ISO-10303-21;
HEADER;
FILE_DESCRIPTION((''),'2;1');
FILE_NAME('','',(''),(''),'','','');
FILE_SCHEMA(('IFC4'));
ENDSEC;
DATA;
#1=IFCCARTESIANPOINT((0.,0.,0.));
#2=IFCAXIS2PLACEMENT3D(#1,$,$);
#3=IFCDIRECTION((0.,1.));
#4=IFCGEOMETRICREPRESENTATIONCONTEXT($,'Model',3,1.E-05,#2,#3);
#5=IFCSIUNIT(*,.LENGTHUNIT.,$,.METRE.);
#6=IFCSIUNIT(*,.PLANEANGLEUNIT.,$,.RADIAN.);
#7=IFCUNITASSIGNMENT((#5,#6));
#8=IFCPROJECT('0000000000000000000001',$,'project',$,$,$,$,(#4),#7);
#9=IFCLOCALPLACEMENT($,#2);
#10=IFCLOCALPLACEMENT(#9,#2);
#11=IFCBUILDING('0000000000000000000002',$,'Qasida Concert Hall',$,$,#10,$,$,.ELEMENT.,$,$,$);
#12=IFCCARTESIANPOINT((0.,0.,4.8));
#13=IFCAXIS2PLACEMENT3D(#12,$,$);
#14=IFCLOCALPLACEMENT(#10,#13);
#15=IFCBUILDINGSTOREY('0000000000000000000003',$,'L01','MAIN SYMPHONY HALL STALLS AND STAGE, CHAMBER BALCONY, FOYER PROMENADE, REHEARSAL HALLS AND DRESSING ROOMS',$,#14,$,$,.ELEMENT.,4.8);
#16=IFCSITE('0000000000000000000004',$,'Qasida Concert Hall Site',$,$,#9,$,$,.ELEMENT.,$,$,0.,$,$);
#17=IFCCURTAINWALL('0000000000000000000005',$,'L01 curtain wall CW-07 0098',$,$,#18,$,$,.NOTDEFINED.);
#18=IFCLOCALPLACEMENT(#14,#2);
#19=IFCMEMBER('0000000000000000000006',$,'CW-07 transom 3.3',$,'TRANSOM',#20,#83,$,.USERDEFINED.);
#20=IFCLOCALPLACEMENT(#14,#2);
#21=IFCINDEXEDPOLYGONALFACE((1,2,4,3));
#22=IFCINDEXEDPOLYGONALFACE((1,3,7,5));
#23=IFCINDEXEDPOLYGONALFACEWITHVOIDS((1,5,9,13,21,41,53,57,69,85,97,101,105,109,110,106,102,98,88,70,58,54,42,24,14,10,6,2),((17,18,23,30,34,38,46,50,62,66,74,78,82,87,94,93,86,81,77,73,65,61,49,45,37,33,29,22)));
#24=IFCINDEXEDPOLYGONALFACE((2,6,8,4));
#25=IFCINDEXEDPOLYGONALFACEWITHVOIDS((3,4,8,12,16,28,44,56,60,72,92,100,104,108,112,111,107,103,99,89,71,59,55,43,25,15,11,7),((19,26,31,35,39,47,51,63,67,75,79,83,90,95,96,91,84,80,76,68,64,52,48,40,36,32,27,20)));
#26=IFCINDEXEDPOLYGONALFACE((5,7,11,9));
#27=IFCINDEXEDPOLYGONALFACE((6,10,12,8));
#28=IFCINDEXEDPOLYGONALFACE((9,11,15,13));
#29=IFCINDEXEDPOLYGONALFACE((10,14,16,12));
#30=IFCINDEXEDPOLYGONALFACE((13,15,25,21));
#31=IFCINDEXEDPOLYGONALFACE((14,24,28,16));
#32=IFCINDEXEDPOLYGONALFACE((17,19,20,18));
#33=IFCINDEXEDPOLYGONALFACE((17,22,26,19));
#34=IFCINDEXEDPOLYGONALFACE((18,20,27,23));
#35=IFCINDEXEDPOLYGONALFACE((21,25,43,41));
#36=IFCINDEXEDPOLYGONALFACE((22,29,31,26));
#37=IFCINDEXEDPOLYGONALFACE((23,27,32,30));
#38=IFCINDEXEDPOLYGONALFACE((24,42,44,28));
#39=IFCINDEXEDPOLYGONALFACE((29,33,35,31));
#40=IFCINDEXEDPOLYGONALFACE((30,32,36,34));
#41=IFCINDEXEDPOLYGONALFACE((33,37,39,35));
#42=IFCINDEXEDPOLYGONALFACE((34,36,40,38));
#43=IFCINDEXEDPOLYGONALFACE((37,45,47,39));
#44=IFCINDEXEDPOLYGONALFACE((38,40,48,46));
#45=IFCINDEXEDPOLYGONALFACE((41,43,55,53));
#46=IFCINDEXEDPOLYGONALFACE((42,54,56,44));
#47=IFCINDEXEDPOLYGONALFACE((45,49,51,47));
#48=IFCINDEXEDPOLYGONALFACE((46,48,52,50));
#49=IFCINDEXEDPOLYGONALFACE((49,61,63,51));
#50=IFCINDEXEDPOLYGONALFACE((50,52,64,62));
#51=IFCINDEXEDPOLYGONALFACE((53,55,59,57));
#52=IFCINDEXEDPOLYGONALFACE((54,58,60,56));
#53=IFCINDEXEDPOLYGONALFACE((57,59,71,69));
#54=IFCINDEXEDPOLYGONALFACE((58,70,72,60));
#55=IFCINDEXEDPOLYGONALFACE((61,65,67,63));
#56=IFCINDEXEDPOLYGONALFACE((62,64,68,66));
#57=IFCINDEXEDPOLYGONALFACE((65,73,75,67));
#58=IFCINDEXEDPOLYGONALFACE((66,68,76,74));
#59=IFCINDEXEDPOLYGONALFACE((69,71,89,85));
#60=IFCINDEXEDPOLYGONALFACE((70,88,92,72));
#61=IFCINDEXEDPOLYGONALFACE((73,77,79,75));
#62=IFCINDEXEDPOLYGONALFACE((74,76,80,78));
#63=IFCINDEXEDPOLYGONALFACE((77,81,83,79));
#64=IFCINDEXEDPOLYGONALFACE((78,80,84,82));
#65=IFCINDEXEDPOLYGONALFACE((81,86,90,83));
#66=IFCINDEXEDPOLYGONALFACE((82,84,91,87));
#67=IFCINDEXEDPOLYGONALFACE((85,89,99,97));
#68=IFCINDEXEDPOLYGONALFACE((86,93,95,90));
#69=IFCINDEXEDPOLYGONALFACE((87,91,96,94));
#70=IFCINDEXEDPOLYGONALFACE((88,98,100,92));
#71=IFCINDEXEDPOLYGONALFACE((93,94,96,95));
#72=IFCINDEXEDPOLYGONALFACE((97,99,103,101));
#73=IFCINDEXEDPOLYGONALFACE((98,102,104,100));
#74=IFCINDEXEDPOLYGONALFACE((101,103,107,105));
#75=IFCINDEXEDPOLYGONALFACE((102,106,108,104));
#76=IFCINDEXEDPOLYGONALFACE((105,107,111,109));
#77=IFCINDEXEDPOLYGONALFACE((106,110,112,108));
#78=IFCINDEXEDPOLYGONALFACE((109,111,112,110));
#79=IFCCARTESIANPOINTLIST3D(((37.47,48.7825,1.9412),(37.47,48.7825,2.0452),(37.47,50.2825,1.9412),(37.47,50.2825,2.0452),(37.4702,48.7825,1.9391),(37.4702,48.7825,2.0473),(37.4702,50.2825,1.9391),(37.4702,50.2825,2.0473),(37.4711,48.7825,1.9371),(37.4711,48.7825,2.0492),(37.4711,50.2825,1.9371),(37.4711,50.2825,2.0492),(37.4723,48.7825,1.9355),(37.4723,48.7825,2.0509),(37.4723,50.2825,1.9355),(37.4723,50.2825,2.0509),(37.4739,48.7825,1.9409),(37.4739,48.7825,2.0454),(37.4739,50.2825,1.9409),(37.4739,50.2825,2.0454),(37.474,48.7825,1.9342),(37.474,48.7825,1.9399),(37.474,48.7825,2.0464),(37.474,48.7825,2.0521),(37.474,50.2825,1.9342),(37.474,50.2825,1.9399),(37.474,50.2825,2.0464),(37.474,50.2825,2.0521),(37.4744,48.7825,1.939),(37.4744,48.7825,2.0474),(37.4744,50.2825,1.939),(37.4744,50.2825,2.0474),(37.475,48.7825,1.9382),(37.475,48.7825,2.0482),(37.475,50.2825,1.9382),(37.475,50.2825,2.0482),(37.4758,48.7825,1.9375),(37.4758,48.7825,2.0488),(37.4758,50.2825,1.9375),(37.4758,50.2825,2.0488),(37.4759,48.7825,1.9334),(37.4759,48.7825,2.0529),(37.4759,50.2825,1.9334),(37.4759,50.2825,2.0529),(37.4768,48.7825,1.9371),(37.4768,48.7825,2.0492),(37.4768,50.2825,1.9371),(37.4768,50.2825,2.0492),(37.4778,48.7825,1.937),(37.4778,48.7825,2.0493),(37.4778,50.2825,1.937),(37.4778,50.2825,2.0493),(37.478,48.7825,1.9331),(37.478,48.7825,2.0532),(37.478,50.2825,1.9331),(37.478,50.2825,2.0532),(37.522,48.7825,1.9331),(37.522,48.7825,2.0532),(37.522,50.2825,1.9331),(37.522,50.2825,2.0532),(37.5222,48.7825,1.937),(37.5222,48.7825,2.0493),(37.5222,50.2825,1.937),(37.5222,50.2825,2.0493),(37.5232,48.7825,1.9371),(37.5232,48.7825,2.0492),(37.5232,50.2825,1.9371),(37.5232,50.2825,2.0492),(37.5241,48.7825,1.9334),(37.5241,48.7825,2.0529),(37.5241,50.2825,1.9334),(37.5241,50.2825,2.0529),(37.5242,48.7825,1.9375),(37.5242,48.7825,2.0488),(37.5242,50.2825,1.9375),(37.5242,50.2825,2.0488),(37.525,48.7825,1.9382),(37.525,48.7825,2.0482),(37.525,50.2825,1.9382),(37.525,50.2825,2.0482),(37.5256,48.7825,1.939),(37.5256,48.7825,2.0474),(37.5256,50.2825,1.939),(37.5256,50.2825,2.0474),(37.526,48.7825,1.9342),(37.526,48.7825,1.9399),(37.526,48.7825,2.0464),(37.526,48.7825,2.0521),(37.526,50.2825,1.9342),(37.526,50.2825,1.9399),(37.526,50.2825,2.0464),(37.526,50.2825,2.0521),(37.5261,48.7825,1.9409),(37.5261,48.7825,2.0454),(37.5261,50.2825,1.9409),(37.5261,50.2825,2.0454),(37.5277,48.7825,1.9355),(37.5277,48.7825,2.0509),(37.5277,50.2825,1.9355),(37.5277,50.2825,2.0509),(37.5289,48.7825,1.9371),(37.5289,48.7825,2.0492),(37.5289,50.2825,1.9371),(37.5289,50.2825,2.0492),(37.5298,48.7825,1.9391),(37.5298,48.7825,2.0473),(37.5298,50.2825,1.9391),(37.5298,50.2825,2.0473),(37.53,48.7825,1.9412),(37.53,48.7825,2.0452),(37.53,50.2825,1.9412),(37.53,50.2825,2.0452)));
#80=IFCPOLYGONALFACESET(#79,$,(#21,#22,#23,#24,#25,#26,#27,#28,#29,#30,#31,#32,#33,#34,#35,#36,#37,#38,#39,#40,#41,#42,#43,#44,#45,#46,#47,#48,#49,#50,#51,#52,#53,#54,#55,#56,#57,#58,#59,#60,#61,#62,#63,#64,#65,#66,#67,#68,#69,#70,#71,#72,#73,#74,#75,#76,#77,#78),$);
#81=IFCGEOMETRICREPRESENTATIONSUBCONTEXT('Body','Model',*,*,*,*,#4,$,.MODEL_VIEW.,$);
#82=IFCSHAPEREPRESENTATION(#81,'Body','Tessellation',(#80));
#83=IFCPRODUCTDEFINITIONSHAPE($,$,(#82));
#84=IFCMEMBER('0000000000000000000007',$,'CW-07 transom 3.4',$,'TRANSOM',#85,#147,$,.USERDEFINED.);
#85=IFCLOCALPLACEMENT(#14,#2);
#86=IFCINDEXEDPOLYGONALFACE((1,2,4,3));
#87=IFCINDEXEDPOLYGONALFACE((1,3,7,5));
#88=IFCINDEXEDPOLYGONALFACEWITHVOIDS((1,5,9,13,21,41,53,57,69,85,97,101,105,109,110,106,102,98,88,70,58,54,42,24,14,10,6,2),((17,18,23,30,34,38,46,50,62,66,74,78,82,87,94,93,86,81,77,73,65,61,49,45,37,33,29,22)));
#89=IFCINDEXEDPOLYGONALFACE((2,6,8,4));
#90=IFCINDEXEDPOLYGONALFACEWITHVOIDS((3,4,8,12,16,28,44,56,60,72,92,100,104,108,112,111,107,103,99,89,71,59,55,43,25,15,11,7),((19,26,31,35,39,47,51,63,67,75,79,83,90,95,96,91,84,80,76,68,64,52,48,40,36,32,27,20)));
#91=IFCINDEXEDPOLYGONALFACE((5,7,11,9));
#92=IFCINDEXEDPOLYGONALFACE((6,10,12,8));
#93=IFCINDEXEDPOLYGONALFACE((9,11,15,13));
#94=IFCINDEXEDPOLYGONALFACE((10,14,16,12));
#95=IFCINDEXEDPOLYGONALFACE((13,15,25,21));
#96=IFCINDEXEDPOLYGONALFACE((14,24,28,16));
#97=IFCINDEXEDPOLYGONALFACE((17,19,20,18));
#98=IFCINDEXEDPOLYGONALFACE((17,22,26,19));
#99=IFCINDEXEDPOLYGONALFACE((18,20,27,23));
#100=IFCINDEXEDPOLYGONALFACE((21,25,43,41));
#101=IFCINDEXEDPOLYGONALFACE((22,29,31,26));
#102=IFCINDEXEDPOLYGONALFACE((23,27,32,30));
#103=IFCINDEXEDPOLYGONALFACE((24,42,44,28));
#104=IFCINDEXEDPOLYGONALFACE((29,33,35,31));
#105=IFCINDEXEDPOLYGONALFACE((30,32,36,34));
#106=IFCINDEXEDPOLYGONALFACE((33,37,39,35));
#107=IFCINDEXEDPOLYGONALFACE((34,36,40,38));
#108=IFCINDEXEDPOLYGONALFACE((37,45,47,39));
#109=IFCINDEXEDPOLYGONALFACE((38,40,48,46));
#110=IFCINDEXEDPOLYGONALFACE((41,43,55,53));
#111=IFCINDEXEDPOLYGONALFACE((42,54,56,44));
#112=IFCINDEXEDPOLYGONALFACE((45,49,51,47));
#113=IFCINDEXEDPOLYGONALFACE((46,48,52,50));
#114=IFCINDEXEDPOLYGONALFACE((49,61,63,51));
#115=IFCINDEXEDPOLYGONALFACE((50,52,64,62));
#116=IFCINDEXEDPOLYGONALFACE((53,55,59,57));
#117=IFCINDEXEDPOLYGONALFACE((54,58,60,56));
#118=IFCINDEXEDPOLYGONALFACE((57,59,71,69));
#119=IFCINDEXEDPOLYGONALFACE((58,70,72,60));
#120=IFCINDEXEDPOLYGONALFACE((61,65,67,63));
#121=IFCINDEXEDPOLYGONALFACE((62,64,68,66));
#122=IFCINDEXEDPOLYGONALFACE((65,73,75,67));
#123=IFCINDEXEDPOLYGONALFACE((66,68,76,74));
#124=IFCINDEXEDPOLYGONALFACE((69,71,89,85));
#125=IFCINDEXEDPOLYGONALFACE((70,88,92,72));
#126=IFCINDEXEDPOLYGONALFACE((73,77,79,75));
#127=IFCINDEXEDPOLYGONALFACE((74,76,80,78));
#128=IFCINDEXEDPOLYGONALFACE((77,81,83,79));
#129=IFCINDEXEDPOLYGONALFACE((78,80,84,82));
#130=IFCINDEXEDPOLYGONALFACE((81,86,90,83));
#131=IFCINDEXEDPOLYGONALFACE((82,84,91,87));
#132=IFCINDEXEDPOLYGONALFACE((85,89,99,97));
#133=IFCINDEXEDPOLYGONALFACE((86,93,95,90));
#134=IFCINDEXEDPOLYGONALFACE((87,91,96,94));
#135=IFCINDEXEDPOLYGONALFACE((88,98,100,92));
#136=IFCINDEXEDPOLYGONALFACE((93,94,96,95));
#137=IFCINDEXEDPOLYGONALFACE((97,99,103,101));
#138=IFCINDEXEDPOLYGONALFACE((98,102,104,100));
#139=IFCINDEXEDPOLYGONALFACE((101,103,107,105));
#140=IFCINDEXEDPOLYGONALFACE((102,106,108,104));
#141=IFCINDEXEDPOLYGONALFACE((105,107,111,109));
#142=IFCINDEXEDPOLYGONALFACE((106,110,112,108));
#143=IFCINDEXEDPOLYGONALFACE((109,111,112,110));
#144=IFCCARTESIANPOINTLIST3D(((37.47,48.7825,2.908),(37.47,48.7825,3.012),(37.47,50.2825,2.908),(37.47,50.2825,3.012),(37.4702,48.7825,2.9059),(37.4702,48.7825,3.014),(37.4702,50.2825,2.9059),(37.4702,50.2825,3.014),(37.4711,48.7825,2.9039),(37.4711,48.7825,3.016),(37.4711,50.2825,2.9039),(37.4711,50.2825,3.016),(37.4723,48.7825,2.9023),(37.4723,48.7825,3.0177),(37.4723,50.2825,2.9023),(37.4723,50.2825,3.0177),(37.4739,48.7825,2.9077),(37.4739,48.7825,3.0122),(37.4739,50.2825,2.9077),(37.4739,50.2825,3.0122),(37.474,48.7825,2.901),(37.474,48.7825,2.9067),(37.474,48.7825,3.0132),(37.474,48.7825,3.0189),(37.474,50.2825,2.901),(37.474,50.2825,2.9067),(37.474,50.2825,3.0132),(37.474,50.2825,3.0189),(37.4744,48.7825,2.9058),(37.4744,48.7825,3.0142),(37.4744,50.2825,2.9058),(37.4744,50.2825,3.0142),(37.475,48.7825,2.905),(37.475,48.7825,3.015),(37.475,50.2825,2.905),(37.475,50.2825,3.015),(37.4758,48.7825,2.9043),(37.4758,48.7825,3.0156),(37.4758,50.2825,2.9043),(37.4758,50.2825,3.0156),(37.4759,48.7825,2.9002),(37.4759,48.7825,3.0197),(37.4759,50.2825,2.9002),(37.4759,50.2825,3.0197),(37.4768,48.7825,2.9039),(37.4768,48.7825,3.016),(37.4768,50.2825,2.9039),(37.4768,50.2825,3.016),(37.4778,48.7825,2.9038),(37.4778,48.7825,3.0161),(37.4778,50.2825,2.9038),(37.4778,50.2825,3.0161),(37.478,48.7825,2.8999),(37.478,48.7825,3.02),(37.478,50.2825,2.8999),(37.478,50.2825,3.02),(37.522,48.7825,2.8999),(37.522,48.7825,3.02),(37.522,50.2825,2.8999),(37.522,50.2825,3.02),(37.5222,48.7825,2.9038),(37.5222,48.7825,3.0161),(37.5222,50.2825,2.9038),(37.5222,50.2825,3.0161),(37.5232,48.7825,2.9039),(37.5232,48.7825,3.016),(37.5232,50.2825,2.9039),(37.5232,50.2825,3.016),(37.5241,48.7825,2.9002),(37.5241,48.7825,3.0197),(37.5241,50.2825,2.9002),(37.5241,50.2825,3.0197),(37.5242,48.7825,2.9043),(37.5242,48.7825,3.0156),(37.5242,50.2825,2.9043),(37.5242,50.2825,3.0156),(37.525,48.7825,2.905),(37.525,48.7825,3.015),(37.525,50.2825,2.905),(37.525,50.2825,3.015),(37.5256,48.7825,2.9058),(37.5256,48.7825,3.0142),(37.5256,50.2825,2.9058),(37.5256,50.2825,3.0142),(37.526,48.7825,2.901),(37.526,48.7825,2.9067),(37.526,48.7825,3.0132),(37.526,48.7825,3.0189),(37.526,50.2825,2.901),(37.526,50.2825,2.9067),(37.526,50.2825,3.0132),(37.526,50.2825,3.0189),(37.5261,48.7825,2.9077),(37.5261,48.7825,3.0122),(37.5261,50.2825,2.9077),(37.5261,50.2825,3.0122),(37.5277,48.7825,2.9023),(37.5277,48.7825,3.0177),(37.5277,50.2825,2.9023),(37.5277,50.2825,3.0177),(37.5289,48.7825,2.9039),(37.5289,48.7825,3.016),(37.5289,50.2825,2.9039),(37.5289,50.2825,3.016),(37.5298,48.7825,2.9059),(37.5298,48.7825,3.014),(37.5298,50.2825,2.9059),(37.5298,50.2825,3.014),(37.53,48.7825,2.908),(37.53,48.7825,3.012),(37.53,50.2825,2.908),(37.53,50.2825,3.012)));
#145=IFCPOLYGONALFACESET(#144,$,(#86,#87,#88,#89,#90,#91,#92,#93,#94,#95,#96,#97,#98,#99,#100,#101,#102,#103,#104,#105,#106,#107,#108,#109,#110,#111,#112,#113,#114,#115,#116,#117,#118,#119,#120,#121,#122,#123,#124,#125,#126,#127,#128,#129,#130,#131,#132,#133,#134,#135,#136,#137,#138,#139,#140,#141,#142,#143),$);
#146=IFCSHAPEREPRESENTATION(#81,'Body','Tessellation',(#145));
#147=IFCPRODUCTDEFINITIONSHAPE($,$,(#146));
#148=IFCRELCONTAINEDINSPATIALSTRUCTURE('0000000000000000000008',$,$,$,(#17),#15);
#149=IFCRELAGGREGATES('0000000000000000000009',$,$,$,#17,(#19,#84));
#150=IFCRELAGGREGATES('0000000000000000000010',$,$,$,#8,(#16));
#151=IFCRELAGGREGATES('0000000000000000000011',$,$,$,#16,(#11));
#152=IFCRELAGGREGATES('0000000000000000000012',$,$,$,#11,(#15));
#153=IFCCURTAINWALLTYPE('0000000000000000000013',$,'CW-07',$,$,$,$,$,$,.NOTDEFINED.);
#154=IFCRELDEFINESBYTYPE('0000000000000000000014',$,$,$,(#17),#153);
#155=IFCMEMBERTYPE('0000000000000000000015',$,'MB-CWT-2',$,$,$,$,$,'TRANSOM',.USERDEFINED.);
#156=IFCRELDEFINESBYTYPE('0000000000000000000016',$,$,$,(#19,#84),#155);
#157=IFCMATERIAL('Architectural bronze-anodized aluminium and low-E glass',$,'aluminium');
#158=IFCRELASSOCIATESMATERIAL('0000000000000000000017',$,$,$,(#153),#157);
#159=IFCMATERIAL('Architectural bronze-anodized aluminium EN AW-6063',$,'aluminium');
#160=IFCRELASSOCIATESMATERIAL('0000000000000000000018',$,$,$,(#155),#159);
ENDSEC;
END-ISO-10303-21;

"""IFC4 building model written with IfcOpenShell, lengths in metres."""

from ifc_helpers import new_model, si_unit, direction, frame, origin, origin_2d, place, context, subcontext, project, spatial, hollow_rectangle, extrude, material, material_profile, profile_set, type_object, element, aggregate, save


model = new_model("IFC4")

# Units and contexts
model_context = context("Model", 3, precision=1e-05, world=origin(), true_north=direction((0.0, 1.0)))
body_context = subcontext(model_context, "Body", "Model", "MODEL_VIEW")
ifc_project = project(units=[si_unit("LENGTHUNIT", "METRE"), si_unit("PLANEANGLEUNIT", "RADIAN")], contexts=[model_context])

# Site, building, storey
site_placement = place(None, origin())
site = spatial("IfcSite", under=ifc_project, at=site_placement, Name="Qasida Concert Hall Site", CompositionType="ELEMENT", RefElevation=0.0)
building_placement = place(site_placement, origin())
building = spatial("IfcBuilding", under=site, at=building_placement, Name="Qasida Concert Hall", CompositionType="ELEMENT")
storey_placement = place(building_placement, frame((0.0, 0.0, 4.8)))
storey = spatial("IfcBuildingStorey", under=building, at=storey_placement, Name="L01", Description="MAIN SYMPHONY HALL STALLS AND STAGE, CHAMBER BALCONY, FOYER PROMENADE, REHEARSAL HALLS AND DRESSING ROOMS", CompositionType="ELEMENT", Elevation=4.8)

# Curtain wall, members
ifc_material_1 = material(Name="Architectural bronze-anodized aluminium and low-E glass", Category="aluminium")
curtain_wall_type = type_object("IfcCurtainWallType", Name="CW-07", PredefinedType="NOTDEFINED", material=ifc_material_1)
curtain_wall_placement = place(storey_placement, origin())
curtain_wall = element("IfcCurtainWall", 1, at=curtain_wall_placement, inside=storey, type_object=curtain_wall_type, Name="L01 curtain wall CW-07 0098", PredefinedType="NOTDEFINED")
ifc_material_2 = material(Name="Architectural bronze-anodized aluminium EN AW-6063", Category="aluminium")
ifc_material_profile_1 = material_profile(ifc_material_2, hollow_rectangle(XDim=0.0601, YDim=0.1201, WallThickness=0.0039, InnerFilletRadius=0.0039, OuterFilletRadius=0.0081, at=origin_2d()), Name="CWT 120x60x4")
ifc_profile_set_1 = profile_set([ifc_material_profile_1], Name="Architectural bronze-anodized aluminium EN AW-6063")
member_type_1 = type_object("IfcMemberType", Name="MB-CWT-2", ElementType="TRANSOM", PredefinedType="USERDEFINED", material=ifc_profile_set_1)
member_1_placement = place(storey_placement, frame((37.5, 48.7825, 1.9932), z_axis=(0.0, 1.0, 0.0), x_axis=(-1.0, 0.0, 0.0)))
member_1 = element("IfcMember", 2, at=member_1_placement, type_object=member_type_1, Name="CW-07 transom 3.3", ObjectType="TRANSOM", PredefinedType="USERDEFINED", context=body_context, shape_type="SweptSolid", body=[
    extrude(hollow_rectangle(XDim=0.0601, YDim=0.1201, WallThickness=0.0039, InnerFilletRadius=0.0039, OuterFilletRadius=0.0081, at=origin_2d()), origin(), (0.0, 0.0, 1.0), 1.5),
])
member_2_placement = place(storey_placement, frame((37.5, 48.7825, 2.96), z_axis=(0.0, 1.0, 0.0), x_axis=(-1.0, 0.0, 0.0)))
member_2 = element("IfcMember", 3, at=member_2_placement, type_object=member_type_1, Name="CW-07 transom 3.4", ObjectType="TRANSOM", PredefinedType="USERDEFINED", context=body_context, shape_type="SweptSolid", body=[
    extrude(hollow_rectangle(XDim=0.0601, YDim=0.1201, WallThickness=0.0039, InnerFilletRadius=0.0039, OuterFilletRadius=0.0081, at=origin_2d()), origin(), (0.0, 0.0, 1.0), 1.5),
])
aggregate(curtain_wall, [member_1, member_2])

save(model, "model.ifc")
